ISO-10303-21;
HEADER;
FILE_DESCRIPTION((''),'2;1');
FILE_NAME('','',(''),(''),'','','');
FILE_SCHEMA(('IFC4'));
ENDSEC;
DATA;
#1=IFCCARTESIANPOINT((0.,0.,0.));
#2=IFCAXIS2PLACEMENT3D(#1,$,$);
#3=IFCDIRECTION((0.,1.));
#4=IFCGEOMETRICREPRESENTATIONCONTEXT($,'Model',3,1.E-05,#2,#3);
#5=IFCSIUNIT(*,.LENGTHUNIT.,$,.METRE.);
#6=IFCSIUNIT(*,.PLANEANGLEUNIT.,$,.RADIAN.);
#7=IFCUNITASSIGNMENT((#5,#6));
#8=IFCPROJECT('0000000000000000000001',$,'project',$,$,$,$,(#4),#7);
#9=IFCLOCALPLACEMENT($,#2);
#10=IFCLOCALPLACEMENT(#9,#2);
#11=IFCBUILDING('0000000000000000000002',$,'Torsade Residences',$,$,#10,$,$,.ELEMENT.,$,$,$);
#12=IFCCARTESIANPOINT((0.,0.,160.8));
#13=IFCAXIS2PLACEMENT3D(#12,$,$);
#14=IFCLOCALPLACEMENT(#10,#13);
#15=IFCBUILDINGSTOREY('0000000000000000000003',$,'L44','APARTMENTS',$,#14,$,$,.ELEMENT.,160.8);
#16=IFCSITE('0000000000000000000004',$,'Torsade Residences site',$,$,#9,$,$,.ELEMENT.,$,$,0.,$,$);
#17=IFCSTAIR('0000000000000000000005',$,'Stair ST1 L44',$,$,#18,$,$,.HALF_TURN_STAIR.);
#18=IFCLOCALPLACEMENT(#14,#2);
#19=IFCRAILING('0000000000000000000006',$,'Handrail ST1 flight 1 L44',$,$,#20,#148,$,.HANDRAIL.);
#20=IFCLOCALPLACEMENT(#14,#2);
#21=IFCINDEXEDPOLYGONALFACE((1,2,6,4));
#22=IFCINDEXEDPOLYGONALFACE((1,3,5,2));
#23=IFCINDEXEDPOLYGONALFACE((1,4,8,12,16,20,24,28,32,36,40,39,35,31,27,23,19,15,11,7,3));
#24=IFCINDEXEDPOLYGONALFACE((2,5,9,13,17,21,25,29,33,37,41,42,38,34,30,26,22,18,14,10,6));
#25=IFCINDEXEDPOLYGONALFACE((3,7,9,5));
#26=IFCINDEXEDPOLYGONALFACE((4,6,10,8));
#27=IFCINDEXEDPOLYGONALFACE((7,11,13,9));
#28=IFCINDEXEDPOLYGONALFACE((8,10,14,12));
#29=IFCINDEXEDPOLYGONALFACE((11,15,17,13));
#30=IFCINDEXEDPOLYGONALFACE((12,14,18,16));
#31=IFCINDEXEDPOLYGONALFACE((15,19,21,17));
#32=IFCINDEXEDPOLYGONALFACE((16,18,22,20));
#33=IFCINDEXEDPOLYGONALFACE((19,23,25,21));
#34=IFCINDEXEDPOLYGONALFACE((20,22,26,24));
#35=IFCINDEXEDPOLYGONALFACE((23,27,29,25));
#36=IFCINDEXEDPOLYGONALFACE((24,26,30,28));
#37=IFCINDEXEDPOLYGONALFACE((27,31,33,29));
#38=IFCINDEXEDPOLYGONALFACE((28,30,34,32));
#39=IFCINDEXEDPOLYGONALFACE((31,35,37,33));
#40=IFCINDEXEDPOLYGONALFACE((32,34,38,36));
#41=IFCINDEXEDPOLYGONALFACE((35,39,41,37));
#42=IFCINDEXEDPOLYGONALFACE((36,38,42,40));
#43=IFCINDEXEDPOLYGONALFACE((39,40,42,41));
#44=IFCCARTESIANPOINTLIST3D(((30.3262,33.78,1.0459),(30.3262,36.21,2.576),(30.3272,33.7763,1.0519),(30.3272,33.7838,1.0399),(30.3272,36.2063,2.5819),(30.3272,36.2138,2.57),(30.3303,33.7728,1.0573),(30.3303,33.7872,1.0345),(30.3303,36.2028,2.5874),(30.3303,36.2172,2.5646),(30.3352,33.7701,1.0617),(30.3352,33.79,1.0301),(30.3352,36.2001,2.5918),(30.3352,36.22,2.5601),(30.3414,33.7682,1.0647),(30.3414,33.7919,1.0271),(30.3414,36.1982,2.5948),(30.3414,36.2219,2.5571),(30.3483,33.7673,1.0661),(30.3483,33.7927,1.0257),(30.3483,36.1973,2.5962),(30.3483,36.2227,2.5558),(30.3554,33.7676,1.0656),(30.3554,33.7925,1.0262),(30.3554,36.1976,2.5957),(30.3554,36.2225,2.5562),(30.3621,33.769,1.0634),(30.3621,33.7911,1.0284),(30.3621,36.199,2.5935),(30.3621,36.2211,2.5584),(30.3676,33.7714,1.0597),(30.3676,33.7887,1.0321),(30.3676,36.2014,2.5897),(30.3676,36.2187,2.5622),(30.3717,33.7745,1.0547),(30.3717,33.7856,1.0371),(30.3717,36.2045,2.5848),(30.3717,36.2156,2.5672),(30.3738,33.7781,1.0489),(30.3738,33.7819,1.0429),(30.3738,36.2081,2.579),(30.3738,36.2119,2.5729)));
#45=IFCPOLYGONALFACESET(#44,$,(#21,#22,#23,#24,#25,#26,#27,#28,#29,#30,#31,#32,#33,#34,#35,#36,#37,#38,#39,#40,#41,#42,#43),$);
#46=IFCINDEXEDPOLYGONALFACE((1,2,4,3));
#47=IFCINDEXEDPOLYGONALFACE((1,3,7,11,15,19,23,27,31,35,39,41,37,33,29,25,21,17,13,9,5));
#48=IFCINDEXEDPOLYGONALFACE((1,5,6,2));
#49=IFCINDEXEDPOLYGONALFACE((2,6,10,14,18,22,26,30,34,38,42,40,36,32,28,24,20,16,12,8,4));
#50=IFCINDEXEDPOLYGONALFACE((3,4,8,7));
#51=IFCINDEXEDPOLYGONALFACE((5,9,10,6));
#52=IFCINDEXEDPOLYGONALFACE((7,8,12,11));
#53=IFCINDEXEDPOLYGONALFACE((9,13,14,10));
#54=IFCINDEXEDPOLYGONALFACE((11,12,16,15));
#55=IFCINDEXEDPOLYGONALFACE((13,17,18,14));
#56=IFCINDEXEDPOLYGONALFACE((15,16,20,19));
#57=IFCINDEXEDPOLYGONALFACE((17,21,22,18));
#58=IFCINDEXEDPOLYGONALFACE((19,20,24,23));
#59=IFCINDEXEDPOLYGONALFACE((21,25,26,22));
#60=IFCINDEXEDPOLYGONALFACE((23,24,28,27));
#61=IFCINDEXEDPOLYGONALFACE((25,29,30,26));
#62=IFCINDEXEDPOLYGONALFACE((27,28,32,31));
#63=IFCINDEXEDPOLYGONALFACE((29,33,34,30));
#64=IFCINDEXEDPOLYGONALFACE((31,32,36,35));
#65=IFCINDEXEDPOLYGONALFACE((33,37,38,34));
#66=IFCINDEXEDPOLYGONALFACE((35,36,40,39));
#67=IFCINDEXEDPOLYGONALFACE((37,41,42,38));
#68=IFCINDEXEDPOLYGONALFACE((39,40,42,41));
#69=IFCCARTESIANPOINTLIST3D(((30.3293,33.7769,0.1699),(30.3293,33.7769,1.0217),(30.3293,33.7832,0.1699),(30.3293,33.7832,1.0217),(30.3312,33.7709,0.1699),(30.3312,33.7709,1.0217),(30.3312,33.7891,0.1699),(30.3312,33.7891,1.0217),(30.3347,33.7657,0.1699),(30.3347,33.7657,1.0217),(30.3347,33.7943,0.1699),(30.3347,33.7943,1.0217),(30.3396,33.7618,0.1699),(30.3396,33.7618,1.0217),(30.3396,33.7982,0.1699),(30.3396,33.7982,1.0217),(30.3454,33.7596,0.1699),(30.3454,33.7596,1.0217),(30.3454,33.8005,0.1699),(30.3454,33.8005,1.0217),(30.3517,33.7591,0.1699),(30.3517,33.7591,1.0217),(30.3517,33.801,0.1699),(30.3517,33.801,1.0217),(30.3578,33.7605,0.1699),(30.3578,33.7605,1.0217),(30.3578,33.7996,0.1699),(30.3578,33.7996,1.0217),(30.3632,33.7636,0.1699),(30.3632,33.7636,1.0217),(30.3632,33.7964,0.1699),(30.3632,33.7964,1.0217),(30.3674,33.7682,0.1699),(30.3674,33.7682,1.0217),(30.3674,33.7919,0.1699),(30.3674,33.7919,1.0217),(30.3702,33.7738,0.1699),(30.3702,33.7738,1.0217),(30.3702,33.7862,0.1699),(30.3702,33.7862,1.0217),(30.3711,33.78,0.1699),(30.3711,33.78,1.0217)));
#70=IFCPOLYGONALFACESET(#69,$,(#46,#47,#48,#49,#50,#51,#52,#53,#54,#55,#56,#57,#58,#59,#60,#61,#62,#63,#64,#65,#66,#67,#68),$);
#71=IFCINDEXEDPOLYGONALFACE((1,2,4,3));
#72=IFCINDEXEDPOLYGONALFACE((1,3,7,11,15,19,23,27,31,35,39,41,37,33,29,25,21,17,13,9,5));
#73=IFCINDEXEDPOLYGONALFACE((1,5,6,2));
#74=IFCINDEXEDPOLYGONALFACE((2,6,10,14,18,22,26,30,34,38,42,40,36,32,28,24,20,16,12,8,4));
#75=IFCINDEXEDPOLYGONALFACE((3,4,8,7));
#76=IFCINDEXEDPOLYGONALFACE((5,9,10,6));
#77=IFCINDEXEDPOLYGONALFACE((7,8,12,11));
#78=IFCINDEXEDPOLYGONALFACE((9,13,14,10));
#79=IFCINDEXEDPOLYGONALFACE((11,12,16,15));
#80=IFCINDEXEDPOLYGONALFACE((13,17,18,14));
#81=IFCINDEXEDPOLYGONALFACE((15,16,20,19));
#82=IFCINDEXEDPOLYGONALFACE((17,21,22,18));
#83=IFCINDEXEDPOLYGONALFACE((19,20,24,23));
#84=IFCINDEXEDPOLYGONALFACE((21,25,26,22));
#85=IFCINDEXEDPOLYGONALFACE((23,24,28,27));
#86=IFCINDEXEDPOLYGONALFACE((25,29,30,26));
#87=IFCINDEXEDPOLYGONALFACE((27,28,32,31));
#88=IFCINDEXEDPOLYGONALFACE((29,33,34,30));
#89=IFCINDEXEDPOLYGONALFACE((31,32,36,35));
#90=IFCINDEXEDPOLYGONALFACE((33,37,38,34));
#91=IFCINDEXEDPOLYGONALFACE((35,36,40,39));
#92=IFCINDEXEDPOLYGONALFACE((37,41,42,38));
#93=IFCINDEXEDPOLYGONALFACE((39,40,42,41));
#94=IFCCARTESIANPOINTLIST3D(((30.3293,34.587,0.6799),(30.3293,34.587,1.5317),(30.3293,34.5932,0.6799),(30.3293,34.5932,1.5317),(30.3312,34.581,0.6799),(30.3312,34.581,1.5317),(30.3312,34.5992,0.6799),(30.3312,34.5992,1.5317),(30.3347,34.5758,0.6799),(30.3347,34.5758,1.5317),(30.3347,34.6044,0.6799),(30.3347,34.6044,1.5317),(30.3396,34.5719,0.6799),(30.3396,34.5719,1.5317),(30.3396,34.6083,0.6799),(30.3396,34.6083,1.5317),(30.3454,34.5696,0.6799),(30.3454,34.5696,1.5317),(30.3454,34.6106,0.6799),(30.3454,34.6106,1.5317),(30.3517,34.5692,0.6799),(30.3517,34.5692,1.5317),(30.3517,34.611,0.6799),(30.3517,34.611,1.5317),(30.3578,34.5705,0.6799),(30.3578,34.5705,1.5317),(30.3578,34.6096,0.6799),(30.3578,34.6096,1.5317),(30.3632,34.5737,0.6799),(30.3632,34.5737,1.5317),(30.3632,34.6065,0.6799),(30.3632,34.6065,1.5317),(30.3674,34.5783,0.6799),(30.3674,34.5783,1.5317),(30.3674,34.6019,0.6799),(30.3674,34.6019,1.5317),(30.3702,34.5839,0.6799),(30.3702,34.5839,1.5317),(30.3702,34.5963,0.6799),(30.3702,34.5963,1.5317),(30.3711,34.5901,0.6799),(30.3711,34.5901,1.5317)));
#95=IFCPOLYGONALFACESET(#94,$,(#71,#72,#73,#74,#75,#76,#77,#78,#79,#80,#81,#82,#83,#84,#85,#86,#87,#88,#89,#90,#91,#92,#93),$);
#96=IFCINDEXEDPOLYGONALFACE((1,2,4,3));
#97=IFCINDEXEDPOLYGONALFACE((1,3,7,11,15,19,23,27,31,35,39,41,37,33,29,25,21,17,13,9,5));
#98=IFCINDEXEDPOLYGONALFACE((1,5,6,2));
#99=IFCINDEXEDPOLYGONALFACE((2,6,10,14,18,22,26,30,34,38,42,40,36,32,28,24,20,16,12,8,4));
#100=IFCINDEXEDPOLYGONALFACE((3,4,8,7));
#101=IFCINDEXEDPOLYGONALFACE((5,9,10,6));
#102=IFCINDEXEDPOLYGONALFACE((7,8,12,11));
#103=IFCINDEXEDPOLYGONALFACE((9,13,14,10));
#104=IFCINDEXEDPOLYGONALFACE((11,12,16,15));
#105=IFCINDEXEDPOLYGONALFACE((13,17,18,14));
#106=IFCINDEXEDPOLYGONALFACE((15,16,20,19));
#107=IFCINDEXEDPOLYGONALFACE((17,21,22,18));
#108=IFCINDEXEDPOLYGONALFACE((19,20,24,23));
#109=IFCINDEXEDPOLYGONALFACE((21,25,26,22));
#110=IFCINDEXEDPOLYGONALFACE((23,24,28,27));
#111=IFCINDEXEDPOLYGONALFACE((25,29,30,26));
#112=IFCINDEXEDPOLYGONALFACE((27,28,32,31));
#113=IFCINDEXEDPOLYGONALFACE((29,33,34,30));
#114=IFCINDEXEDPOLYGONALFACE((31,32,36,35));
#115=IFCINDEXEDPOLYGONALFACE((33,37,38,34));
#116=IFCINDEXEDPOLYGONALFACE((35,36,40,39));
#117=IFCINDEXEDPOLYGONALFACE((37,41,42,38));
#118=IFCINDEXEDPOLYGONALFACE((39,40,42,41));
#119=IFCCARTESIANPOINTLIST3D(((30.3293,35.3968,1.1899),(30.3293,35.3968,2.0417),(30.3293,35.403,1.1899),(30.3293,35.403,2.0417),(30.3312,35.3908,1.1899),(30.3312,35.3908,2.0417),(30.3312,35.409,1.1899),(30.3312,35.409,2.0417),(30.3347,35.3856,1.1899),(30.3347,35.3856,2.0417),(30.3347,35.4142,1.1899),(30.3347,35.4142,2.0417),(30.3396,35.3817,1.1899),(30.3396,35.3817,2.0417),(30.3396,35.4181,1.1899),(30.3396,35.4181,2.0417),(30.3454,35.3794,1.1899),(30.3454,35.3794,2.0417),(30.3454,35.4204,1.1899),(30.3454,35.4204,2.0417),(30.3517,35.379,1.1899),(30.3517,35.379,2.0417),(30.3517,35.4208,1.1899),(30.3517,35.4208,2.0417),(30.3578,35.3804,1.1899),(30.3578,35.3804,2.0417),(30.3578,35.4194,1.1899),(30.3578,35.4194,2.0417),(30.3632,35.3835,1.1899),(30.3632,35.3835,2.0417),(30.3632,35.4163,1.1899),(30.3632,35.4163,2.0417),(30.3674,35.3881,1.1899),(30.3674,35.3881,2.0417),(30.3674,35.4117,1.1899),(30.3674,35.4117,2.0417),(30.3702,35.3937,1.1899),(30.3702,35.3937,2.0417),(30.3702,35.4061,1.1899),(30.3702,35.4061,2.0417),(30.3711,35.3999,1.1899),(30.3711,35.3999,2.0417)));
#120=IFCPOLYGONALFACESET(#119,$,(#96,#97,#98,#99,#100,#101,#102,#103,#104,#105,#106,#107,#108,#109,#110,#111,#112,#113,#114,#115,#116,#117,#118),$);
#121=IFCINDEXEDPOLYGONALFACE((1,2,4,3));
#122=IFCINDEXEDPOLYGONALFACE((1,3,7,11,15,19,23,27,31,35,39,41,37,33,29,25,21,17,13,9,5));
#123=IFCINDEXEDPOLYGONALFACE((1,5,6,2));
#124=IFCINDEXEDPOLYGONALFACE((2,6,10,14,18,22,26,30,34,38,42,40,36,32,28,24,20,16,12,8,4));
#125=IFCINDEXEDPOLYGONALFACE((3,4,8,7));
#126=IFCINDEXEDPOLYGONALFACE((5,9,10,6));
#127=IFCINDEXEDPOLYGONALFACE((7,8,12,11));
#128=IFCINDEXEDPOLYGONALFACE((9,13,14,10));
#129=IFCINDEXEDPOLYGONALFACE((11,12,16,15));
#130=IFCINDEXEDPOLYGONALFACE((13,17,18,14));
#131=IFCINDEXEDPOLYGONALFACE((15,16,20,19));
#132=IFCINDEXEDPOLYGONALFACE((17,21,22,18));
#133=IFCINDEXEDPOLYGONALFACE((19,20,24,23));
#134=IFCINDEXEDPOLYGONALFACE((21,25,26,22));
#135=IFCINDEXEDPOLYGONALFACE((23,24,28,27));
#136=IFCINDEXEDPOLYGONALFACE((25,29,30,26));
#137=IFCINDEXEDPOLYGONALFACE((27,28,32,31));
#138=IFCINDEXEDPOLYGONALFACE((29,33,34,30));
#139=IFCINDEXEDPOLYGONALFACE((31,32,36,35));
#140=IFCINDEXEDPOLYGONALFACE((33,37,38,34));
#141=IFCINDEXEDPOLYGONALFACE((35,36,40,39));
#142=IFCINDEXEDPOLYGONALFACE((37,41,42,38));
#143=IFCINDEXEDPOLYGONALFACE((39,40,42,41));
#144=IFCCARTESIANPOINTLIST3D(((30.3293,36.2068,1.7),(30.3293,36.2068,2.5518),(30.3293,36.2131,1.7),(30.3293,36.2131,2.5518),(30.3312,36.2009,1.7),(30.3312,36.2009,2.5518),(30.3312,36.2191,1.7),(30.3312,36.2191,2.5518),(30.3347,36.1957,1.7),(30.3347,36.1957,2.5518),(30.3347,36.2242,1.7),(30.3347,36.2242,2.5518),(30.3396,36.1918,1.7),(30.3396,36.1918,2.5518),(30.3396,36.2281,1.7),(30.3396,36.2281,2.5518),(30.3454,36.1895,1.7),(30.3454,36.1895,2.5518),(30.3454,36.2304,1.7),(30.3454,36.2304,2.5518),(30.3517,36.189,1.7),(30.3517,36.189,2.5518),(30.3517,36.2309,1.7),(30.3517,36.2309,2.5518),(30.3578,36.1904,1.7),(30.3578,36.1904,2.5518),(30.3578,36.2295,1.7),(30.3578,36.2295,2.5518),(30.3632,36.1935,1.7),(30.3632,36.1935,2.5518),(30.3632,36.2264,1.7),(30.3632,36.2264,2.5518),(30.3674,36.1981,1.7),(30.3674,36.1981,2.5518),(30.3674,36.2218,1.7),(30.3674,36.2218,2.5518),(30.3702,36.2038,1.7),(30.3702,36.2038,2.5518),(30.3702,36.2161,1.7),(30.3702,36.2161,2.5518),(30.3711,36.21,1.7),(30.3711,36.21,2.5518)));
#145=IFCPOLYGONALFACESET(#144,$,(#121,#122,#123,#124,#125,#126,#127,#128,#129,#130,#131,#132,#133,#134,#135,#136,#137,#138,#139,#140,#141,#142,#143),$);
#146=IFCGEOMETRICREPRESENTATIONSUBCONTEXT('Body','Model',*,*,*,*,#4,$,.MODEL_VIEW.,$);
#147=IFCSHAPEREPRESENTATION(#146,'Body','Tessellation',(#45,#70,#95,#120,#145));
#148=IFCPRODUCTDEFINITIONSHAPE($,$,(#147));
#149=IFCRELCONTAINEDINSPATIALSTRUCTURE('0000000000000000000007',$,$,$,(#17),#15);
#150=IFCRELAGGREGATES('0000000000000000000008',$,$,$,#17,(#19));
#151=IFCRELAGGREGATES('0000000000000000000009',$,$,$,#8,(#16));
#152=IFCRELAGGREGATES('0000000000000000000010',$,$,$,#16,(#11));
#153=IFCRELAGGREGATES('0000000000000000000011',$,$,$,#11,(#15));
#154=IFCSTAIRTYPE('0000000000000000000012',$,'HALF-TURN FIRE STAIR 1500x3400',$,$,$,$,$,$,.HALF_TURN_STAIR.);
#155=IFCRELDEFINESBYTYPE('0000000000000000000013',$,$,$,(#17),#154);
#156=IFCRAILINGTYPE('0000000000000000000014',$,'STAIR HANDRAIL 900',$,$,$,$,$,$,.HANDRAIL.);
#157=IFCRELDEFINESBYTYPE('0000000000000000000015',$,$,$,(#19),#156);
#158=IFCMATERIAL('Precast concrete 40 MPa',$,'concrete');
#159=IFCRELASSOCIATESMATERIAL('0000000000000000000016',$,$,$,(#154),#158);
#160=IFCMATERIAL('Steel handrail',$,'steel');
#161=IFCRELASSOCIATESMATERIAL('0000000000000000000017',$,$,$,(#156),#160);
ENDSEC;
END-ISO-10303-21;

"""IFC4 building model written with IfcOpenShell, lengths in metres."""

from ifc_helpers import new_model, si_unit, direction, frame, origin, origin_2d, place, context, subcontext, project, spatial, circle, extrude, material, type_object, element, aggregate, save


model = new_model("IFC4")

# Units and contexts
model_context = context("Model", 3, precision=1e-05, world=origin(), true_north=direction((0.0, 1.0)))
body_context = subcontext(model_context, "Body", "Model", "MODEL_VIEW")
ifc_project = project(units=[si_unit("LENGTHUNIT", "METRE"), si_unit("PLANEANGLEUNIT", "RADIAN")], contexts=[model_context])

# Site, building, storey
site_placement = place(None, origin())
site = spatial("IfcSite", under=ifc_project, at=site_placement, Name="Torsade Residences site", CompositionType="ELEMENT", RefElevation=0.0)
building_placement = place(site_placement, origin())
building = spatial("IfcBuilding", under=site, at=building_placement, Name="Torsade Residences", CompositionType="ELEMENT")
storey_placement = place(building_placement, frame((0.0, 0.0, 160.8)))
storey = spatial("IfcBuildingStorey", under=building, at=storey_placement, Name="L44", Description="APARTMENTS", CompositionType="ELEMENT", Elevation=160.8)

# Stair, railing
ifc_material_1 = material(Name="Precast concrete 40 MPa", Category="concrete")
stair_type = type_object("IfcStairType", Name="HALF-TURN FIRE STAIR 1500x3400", PredefinedType="HALF_TURN_STAIR", material=ifc_material_1)
stair_placement = place(storey_placement, origin())
stair = element("IfcStair", 1, at=stair_placement, inside=storey, type_object=stair_type, Name="Stair ST1 L44", PredefinedType="HALF_TURN_STAIR")
ifc_material_2 = material(Name="Steel handrail", Category="steel")
railing_type = type_object("IfcRailingType", Name="STAIR HANDRAIL 900", PredefinedType="HANDRAIL", material=ifc_material_2)
railing_1_placement = place(storey_placement, frame((30.3501, 33.78, 0.1699)))
railing_1 = element("IfcRailing", 2, at=railing_1_placement, type_object=railing_type, Name="Handrail ST1 flight 1 L44", PredefinedType="HANDRAIL", context=body_context, shape_type="SweptSolid", body=[
    extrude(circle(Radius=0.0239, at=origin_2d()), frame((0.0, 0.0, 0.876), z_axis=(0.0, 0.846221, 0.532831), x_axis=(-1.0, 0.0, 0.0)), (0.0, 0.0, 1.0), 2.8716),
    extrude(circle(Radius=0.021, at=origin_2d()), origin(), (0.0, 0.0, 1.0), 0.8518),
    extrude(circle(Radius=0.021, at=origin_2d()), frame((0.0, 0.8101, 0.51)), (0.0, 0.0, 1.0), 0.8518),
    extrude(circle(Radius=0.021, at=origin_2d()), frame((0.0, 1.6199, 1.02)), (0.0, 0.0, 1.0), 0.8518),
    extrude(circle(Radius=0.021, at=origin_2d()), frame((0.0, 2.4299, 1.53)), (0.0, 0.0, 1.0), 0.8518),
])
aggregate(stair, [railing_1])

save(model, "model.ifc")
